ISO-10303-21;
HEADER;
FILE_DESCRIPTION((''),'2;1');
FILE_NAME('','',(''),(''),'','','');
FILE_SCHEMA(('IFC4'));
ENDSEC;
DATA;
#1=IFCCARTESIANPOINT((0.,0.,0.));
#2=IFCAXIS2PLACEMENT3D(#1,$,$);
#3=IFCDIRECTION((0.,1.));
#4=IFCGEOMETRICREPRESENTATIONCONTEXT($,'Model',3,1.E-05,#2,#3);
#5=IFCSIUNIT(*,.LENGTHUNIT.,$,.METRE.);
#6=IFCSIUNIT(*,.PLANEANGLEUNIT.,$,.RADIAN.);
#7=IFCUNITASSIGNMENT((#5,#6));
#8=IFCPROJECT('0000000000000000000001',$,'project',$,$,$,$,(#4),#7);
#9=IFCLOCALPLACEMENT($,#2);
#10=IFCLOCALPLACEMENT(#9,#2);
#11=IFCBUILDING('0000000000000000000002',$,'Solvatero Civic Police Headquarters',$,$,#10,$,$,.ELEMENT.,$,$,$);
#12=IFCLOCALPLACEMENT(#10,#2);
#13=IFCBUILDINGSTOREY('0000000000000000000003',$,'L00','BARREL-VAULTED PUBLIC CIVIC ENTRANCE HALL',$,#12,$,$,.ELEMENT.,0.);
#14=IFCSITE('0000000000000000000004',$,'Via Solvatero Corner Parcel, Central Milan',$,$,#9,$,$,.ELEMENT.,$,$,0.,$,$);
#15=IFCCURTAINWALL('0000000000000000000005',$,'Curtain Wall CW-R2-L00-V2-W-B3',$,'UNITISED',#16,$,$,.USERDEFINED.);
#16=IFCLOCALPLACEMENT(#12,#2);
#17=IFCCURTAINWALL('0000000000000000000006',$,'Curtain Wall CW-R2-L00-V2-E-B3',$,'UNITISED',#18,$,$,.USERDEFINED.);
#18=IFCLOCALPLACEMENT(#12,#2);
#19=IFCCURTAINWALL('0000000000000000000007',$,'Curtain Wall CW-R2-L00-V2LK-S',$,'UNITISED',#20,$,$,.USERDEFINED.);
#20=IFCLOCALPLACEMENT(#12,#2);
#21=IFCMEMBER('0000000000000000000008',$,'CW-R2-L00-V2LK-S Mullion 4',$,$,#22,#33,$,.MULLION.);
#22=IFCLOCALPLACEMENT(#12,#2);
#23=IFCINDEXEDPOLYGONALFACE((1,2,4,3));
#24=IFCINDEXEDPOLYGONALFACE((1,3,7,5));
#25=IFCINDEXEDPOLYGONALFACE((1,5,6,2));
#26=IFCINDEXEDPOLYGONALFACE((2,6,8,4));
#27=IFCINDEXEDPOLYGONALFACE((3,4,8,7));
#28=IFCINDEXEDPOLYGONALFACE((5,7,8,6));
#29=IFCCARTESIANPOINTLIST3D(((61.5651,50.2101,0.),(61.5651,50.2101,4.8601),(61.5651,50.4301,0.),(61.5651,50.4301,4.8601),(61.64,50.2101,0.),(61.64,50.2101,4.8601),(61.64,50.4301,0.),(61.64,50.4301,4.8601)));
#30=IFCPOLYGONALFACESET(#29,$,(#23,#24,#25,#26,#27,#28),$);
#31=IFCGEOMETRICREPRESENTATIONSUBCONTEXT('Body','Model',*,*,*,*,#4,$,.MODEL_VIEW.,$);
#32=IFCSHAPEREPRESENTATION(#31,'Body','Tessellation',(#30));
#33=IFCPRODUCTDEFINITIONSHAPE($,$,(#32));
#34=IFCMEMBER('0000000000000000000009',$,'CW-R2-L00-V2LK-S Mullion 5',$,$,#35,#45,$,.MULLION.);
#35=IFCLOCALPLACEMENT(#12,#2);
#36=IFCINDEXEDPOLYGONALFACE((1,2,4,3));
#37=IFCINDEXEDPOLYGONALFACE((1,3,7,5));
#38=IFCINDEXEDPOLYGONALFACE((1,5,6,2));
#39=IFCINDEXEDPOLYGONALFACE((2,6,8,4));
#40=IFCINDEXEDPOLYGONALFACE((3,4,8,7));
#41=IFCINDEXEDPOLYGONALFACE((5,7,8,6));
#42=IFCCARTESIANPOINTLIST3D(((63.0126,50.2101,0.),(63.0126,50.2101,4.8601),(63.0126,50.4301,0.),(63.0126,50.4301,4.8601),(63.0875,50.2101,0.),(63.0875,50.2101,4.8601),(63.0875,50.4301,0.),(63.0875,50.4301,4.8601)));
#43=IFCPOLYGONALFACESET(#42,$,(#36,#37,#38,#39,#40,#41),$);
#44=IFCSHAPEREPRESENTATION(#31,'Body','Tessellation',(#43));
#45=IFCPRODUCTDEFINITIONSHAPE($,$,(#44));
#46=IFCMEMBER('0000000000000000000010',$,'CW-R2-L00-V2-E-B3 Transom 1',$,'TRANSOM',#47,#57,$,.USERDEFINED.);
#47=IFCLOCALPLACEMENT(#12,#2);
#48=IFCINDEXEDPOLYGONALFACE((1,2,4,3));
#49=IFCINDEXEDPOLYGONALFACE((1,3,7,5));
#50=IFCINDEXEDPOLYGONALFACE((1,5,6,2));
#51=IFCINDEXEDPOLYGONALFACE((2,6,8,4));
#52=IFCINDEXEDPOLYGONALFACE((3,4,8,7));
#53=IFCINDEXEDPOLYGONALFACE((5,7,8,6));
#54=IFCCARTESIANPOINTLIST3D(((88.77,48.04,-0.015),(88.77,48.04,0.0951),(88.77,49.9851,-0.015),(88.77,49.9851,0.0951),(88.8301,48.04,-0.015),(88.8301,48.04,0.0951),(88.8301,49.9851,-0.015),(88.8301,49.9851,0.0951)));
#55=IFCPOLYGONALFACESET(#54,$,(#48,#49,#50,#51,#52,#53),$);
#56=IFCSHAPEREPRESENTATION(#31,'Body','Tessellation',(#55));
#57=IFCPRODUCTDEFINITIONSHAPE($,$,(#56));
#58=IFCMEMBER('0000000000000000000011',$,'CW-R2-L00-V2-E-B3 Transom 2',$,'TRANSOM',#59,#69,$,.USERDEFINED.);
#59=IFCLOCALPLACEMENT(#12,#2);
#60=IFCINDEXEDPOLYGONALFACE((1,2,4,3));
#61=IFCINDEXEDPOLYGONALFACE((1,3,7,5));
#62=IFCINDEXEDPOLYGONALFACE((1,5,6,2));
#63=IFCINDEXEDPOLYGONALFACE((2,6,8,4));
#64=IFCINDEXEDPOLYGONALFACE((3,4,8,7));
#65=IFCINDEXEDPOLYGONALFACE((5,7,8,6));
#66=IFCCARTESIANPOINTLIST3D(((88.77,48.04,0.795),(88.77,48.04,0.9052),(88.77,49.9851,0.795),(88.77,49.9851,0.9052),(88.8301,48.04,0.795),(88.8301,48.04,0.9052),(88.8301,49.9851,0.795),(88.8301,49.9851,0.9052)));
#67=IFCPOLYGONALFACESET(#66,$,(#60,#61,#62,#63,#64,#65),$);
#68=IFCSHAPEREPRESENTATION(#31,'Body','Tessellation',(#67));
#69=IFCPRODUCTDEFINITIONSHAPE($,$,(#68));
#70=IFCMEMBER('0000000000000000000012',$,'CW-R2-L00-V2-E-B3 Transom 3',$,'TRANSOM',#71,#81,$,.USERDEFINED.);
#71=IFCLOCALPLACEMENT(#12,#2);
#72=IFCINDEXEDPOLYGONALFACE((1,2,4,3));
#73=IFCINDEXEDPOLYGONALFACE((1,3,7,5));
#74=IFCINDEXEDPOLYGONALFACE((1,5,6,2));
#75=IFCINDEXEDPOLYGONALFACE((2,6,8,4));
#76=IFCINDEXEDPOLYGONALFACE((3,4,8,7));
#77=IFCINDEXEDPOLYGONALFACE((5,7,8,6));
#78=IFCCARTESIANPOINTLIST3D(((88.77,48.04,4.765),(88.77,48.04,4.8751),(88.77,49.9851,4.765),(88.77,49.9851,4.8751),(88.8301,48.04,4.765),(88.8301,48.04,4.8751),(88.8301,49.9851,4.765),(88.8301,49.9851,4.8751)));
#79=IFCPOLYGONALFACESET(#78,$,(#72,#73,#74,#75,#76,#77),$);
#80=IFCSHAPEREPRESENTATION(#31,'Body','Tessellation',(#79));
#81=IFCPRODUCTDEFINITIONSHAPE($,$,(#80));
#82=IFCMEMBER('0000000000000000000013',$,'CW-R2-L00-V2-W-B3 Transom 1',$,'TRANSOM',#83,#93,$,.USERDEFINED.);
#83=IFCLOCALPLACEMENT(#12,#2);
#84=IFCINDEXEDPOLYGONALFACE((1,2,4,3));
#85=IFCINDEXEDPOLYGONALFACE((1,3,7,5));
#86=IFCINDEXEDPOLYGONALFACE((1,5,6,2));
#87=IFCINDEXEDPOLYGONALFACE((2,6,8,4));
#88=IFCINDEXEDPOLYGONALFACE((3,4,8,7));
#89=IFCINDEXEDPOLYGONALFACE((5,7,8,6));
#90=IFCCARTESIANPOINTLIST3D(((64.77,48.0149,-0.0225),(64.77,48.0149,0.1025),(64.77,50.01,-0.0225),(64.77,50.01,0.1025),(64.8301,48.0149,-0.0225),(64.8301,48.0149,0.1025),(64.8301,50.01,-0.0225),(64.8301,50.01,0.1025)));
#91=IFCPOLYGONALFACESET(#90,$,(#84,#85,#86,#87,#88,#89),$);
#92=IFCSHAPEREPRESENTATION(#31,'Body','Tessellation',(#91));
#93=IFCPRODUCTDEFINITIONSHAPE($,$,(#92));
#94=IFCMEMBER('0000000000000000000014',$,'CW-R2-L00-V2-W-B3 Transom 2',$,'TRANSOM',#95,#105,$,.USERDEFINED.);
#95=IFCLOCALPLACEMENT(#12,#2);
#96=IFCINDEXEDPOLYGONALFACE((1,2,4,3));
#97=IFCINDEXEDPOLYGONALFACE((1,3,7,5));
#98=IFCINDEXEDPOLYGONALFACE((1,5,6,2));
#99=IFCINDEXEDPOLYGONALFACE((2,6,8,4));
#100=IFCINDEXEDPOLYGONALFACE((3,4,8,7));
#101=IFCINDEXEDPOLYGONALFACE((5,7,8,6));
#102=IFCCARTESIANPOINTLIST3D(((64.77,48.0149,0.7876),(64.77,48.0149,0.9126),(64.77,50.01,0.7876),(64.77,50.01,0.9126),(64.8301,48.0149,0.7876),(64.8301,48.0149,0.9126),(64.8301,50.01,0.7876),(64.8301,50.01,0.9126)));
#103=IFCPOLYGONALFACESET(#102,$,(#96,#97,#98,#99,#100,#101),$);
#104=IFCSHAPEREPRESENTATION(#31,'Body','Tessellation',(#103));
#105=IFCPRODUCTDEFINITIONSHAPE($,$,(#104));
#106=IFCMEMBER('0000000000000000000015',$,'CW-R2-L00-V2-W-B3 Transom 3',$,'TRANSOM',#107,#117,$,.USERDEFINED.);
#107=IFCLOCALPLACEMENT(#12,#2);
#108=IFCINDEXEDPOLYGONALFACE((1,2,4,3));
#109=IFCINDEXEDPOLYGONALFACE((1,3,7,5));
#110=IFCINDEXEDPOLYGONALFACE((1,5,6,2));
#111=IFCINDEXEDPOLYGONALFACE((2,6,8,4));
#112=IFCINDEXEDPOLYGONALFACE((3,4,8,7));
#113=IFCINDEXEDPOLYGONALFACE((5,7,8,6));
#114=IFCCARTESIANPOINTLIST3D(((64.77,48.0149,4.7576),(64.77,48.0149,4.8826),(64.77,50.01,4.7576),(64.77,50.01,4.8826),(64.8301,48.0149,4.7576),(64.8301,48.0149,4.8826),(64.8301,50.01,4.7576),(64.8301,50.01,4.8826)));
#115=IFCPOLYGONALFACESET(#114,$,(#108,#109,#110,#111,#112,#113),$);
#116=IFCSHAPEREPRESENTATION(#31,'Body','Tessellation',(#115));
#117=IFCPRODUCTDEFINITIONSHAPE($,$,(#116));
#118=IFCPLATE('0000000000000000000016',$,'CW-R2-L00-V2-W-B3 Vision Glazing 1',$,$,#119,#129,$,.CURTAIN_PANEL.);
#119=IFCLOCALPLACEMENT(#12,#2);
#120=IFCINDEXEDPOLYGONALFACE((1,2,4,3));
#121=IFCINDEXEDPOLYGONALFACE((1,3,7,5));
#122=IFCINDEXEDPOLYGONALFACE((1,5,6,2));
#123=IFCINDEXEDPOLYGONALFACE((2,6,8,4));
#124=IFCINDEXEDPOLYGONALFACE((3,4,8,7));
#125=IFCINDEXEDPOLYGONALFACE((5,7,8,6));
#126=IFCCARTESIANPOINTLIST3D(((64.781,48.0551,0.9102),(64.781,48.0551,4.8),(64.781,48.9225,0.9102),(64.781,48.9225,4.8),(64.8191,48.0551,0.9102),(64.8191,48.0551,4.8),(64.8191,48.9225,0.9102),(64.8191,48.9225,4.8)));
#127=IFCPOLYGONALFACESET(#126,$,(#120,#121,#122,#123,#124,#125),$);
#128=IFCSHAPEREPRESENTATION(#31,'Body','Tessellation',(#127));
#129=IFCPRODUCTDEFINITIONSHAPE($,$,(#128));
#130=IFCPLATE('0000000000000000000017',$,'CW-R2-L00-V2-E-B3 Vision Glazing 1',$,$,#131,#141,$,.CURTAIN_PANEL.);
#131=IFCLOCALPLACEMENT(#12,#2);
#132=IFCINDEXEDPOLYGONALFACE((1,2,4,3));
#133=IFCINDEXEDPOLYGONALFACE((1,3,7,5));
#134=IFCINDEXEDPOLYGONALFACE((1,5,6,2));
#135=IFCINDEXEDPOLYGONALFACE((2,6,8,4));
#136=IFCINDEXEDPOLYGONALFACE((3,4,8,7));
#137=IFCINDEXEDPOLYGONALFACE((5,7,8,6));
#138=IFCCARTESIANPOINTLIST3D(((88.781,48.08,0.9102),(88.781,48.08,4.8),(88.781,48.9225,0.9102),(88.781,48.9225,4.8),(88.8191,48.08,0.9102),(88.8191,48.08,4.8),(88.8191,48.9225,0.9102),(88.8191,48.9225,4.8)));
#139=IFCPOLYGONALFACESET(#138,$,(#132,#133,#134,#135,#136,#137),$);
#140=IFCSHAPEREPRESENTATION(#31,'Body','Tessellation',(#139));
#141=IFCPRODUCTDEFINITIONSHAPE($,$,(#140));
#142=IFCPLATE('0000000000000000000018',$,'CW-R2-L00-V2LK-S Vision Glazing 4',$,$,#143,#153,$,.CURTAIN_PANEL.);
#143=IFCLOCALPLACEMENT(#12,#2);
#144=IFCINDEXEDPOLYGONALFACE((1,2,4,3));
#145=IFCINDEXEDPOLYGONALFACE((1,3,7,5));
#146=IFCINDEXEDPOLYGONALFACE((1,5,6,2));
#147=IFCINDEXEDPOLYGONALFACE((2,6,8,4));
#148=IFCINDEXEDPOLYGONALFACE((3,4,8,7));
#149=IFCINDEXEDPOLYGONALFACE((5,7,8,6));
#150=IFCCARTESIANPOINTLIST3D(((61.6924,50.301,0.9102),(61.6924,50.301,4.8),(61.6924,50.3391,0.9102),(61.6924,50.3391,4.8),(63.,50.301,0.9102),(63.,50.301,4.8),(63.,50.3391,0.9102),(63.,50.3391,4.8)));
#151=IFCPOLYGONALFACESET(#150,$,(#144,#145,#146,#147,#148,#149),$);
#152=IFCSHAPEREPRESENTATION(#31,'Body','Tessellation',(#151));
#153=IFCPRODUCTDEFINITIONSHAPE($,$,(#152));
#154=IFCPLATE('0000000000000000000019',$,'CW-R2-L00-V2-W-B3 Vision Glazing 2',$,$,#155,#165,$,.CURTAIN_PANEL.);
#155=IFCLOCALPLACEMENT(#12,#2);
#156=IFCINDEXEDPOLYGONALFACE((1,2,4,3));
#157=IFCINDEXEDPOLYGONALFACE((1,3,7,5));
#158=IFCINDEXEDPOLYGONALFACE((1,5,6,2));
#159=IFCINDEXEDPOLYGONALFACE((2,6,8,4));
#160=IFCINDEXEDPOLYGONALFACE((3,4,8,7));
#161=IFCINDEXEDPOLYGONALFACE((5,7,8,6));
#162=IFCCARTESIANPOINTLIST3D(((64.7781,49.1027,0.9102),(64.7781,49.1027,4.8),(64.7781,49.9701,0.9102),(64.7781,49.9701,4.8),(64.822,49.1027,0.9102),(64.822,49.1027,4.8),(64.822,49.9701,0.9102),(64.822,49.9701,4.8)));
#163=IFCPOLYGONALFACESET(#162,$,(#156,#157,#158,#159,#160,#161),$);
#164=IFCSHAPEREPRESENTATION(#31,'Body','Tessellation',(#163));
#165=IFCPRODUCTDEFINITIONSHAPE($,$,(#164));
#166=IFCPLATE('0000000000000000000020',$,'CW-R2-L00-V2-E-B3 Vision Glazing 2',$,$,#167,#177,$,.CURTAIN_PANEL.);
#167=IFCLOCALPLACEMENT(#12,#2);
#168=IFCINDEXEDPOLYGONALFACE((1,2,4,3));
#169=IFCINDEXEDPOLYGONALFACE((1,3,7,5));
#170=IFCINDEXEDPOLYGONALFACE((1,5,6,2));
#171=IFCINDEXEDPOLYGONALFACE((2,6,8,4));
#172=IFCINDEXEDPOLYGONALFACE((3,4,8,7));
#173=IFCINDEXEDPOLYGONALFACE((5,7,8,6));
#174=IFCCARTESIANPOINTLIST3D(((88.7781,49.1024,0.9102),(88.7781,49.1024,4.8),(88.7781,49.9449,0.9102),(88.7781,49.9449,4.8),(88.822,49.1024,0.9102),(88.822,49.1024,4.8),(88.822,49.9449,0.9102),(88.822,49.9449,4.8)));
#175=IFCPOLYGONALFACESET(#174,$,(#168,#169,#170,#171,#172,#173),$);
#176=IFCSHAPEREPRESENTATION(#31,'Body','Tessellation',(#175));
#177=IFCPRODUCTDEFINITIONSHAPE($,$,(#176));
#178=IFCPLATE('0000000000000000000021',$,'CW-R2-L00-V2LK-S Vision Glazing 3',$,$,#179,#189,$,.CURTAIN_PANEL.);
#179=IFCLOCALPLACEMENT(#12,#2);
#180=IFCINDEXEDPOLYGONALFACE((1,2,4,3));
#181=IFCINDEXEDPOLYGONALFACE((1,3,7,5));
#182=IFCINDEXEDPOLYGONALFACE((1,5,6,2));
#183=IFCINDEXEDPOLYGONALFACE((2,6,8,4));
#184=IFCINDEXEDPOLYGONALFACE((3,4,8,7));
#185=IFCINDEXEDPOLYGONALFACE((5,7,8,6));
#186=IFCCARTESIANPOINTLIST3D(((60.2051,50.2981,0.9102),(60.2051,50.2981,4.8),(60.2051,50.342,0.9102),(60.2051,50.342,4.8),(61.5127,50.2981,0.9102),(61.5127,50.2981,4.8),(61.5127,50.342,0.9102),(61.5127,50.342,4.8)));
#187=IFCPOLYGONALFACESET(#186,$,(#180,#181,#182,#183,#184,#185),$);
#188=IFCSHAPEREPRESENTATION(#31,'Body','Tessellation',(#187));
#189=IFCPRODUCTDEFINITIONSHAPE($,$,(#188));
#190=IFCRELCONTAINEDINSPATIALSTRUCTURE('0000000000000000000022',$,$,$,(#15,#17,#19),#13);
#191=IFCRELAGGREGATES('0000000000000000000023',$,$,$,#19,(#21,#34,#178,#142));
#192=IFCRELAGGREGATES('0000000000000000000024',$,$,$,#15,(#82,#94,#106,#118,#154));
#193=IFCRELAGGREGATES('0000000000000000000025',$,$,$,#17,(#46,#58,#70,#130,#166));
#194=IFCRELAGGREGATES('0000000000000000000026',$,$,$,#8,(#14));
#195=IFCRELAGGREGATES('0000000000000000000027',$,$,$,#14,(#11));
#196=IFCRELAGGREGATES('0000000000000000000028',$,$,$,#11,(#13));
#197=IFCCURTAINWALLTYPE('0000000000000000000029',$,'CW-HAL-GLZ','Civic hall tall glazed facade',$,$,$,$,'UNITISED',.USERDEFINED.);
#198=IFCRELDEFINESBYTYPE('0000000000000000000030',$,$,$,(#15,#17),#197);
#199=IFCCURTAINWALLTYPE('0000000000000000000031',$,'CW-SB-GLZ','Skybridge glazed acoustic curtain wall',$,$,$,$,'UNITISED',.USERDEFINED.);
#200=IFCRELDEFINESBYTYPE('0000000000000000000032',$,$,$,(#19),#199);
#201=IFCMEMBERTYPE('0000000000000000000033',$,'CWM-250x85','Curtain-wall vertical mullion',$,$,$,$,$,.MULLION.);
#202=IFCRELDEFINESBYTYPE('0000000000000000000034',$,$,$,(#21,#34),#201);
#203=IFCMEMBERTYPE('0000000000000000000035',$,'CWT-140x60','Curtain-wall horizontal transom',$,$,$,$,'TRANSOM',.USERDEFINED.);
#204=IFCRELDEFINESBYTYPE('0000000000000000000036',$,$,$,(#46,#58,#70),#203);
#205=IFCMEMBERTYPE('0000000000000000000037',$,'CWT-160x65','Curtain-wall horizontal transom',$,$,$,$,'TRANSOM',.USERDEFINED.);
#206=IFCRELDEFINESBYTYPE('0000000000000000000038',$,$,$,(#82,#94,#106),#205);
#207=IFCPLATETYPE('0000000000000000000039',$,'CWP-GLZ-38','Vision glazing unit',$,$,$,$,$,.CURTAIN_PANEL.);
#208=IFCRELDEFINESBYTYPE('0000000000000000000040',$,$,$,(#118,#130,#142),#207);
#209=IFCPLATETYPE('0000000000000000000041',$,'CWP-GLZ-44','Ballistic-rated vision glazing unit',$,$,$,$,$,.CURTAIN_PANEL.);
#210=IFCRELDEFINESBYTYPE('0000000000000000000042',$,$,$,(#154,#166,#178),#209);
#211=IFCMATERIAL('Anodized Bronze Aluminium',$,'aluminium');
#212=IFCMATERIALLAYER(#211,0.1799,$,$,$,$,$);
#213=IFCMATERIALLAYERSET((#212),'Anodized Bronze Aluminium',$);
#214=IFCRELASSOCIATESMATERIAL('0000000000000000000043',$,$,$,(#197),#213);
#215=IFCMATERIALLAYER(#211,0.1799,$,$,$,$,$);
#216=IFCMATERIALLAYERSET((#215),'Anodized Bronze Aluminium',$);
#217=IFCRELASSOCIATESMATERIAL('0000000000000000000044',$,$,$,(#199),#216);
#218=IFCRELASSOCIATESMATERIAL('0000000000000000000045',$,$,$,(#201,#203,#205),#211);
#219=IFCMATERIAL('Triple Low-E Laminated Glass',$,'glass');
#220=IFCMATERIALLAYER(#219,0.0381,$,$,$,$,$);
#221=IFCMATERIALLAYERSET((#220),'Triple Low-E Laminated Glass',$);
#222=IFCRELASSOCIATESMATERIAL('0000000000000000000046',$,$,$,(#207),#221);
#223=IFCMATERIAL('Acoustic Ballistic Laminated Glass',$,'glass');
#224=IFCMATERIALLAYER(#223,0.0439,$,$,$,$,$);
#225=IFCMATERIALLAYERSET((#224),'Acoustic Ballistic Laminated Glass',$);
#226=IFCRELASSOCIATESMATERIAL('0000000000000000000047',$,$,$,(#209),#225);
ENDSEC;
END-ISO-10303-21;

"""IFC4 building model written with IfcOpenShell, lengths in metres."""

from ifc_helpers import new_model, si_unit, direction, frame, origin, origin_2d, place, context, subcontext, project, spatial, rectangle, extrude, material, layer, layer_set, material_profile, profile_set, type_object, element, aggregate, save


model = new_model("IFC4")

# Units and contexts
model_context = context("Model", 3, precision=1e-05, world=origin(), true_north=direction((0.0, 1.0)))
body_context = subcontext(model_context, "Body", "Model", "MODEL_VIEW")
ifc_project = project(units=[si_unit("LENGTHUNIT", "METRE"), si_unit("PLANEANGLEUNIT", "RADIAN")], contexts=[model_context])

# Site, building, storey
site_placement = place(None, origin())
site = spatial("IfcSite", under=ifc_project, at=site_placement, Name="Via Solvatero Corner Parcel, Central Milan", CompositionType="ELEMENT", RefElevation=0.0)
building_placement = place(site_placement, origin())
building = spatial("IfcBuilding", under=site, at=building_placement, Name="Solvatero Civic Police Headquarters", CompositionType="ELEMENT")
storey_placement = place(building_placement, origin())
storey = spatial("IfcBuildingStorey", under=building, at=storey_placement, Name="L00", Description="BARREL-VAULTED PUBLIC CIVIC ENTRANCE HALL", CompositionType="ELEMENT", Elevation=0.0)

# Curtain walls, members
ifc_material_1 = material(Name="Anodized Bronze Aluminium", Category="aluminium")
ifc_layer_1 = layer(ifc_material_1, 0.1799)
ifc_layer_set_1 = layer_set([ifc_layer_1], Name="Anodized Bronze Aluminium")
curtain_wall_type_1 = type_object("IfcCurtainWallType", Name="CW-HAL-GLZ", Description="Civic hall tall glazed facade", ElementType="UNITISED", PredefinedType="USERDEFINED", material=ifc_layer_set_1)
curtain_wall_1_placement = place(storey_placement, origin())
curtain_wall_1 = element("IfcCurtainWall", 1, at=curtain_wall_1_placement, inside=storey, type_object=curtain_wall_type_1, Name="Curtain Wall CW-R2-L00-V2-W-B3", ObjectType="UNITISED", PredefinedType="USERDEFINED")
curtain_wall_2_placement = place(storey_placement, origin())
curtain_wall_2 = element("IfcCurtainWall", 2, at=curtain_wall_2_placement, inside=storey, type_object=curtain_wall_type_1, Name="Curtain Wall CW-R2-L00-V2-E-B3", ObjectType="UNITISED", PredefinedType="USERDEFINED")
ifc_layer_2 = layer(ifc_material_1, 0.1799)
ifc_layer_set_2 = layer_set([ifc_layer_2], Name="Anodized Bronze Aluminium")
curtain_wall_type_2 = type_object("IfcCurtainWallType", Name="CW-SB-GLZ", Description="Skybridge glazed acoustic curtain wall", ElementType="UNITISED", PredefinedType="USERDEFINED", material=ifc_layer_set_2)
curtain_wall_3_placement = place(storey_placement, origin())
curtain_wall_3 = element("IfcCurtainWall", 3, at=curtain_wall_3_placement, inside=storey, type_object=curtain_wall_type_2, Name="Curtain Wall CW-R2-L00-V2LK-S", ObjectType="UNITISED", PredefinedType="USERDEFINED")
ifc_material_profile_1 = material_profile(ifc_material_1, rectangle(XDim=0.075, YDim=0.22, at=origin_2d()), Name="ALU MULLION 75x220")
ifc_profile_set_1 = profile_set([ifc_material_profile_1], Name="Anodized Bronze Aluminium")
member_type_1 = type_object("IfcMemberType", Name="CWM-250x85", Description="Curtain-wall vertical mullion", PredefinedType="MULLION", material=ifc_profile_set_1)
member_1_placement = place(storey_placement, frame((61.6025, 50.3201, 0.0), z_axis=(0.0, 0.0, 1.0), x_axis=(1.0, 0.0, 0.0)))
member_1 = element("IfcMember", 4, at=member_1_placement, type_object=member_type_1, Name="CW-R2-L00-V2LK-S Mullion 4", PredefinedType="MULLION", context=body_context, shape_type="SweptSolid", body=[
    extrude(rectangle(XDim=0.075, YDim=0.22, at=origin_2d()), origin(), (0.0, 0.0, 1.0), 4.8601),
])
member_2_placement = place(storey_placement, frame((63.05, 50.3201, 0.0), z_axis=(0.0, 0.0, 1.0), x_axis=(1.0, 0.0, 0.0)))
member_2 = element("IfcMember", 5, at=member_2_placement, type_object=member_type_1, Name="CW-R2-L00-V2LK-S Mullion 5", PredefinedType="MULLION", context=body_context, shape_type="SweptSolid", body=[
    extrude(rectangle(XDim=0.075, YDim=0.22, at=origin_2d()), origin(), (0.0, 0.0, 1.0), 4.8601),
])

# Members
ifc_material_profile_2 = material_profile(ifc_material_1, rectangle(XDim=0.0601, YDim=0.1101, at=origin_2d()), Name="ALU TRANSOM 60x110")
ifc_profile_set_2 = profile_set([ifc_material_profile_2], Name="Anodized Bronze Aluminium")
member_type_2 = type_object("IfcMemberType", Name="CWT-140x60", Description="Curtain-wall horizontal transom", ElementType="TRANSOM", PredefinedType="USERDEFINED", material=ifc_profile_set_2)
member_3_placement = place(storey_placement, frame((88.8, 48.04, 0.04), z_axis=(0.0, 1.0, 0.0), x_axis=(-1.0, 0.0, 0.0)))
member_3 = element("IfcMember", 6, at=member_3_placement, type_object=member_type_2, Name="CW-R2-L00-V2-E-B3 Transom 1", ObjectType="TRANSOM", PredefinedType="USERDEFINED", context=body_context, shape_type="SweptSolid", body=[
    extrude(rectangle(XDim=0.0601, YDim=0.1101, at=origin_2d()), origin(), (0.0, 0.0, 1.0), 1.9451),
])
member_4_placement = place(storey_placement, frame((88.8, 48.04, 0.8501), z_axis=(0.0, 1.0, 0.0), x_axis=(-1.0, 0.0, 0.0)))
member_4 = element("IfcMember", 7, at=member_4_placement, type_object=member_type_2, Name="CW-R2-L00-V2-E-B3 Transom 2", ObjectType="TRANSOM", PredefinedType="USERDEFINED", context=body_context, shape_type="SweptSolid", body=[
    extrude(rectangle(XDim=0.0601, YDim=0.1101, at=origin_2d()), origin(), (0.0, 0.0, 1.0), 1.9451),
])
member_5_placement = place(storey_placement, frame((88.8, 48.04, 4.8201), z_axis=(0.0, 1.0, 0.0), x_axis=(-1.0, 0.0, 0.0)))
member_5 = element("IfcMember", 8, at=member_5_placement, type_object=member_type_2, Name="CW-R2-L00-V2-E-B3 Transom 3", ObjectType="TRANSOM", PredefinedType="USERDEFINED", context=body_context, shape_type="SweptSolid", body=[
    extrude(rectangle(XDim=0.0601, YDim=0.1101, at=origin_2d()), origin(), (0.0, 0.0, 1.0), 1.9451),
])
ifc_material_profile_3 = material_profile(ifc_material_1, rectangle(XDim=0.0601, YDim=0.125, at=origin_2d()), Name="ALU TRANSOM 60x125")
ifc_profile_set_3 = profile_set([ifc_material_profile_3], Name="Anodized Bronze Aluminium")
member_type_3 = type_object("IfcMemberType", Name="CWT-160x65", Description="Curtain-wall horizontal transom", ElementType="TRANSOM", PredefinedType="USERDEFINED", material=ifc_profile_set_3)
member_6_placement = place(storey_placement, frame((64.8, 48.0149, 0.04), z_axis=(0.0, 1.0, 0.0), x_axis=(-1.0, 0.0, 0.0)))
member_6 = element("IfcMember", 9, at=member_6_placement, type_object=member_type_3, Name="CW-R2-L00-V2-W-B3 Transom 1", ObjectType="TRANSOM", PredefinedType="USERDEFINED", context=body_context, shape_type="SweptSolid", body=[
    extrude(rectangle(XDim=0.0601, YDim=0.125, at=origin_2d()), origin(), (0.0, 0.0, 1.0), 1.9951),
])
member_7_placement = place(storey_placement, frame((64.8, 48.0149, 0.8501), z_axis=(0.0, 1.0, 0.0), x_axis=(-1.0, 0.0, 0.0)))
member_7 = element("IfcMember", 10, at=member_7_placement, type_object=member_type_3, Name="CW-R2-L00-V2-W-B3 Transom 2", ObjectType="TRANSOM", PredefinedType="USERDEFINED", context=body_context, shape_type="SweptSolid", body=[
    extrude(rectangle(XDim=0.0601, YDim=0.125, at=origin_2d()), origin(), (0.0, 0.0, 1.0), 1.9951),
])
member_8_placement = place(storey_placement, frame((64.8, 48.0149, 4.8201), z_axis=(0.0, 1.0, 0.0), x_axis=(-1.0, 0.0, 0.0)))
member_8 = element("IfcMember", 11, at=member_8_placement, type_object=member_type_3, Name="CW-R2-L00-V2-W-B3 Transom 3", ObjectType="TRANSOM", PredefinedType="USERDEFINED", context=body_context, shape_type="SweptSolid", body=[
    extrude(rectangle(XDim=0.0601, YDim=0.125, at=origin_2d()), origin(), (0.0, 0.0, 1.0), 1.9951),
])

# Plates
ifc_material_2 = material(Name="Triple Low-E Laminated Glass", Category="glass")
ifc_layer_3 = layer(ifc_material_2, 0.0381)
ifc_layer_set_3 = layer_set([ifc_layer_3], Name="Triple Low-E Laminated Glass")
plate_type_1 = type_object("IfcPlateType", Name="CWP-GLZ-38", Description="Vision glazing unit", PredefinedType="CURTAIN_PANEL", material=ifc_layer_set_3)
plate_1_placement = place(storey_placement, frame((64.8, 48.4888, 0.9102), z_axis=(0.0, 0.0, 1.0), x_axis=(0.0, 1.0, 0.0)))
plate_1 = element("IfcPlate", 12, at=plate_1_placement, type_object=plate_type_1, Name="CW-R2-L00-V2-W-B3 Vision Glazing 1", PredefinedType="CURTAIN_PANEL", context=body_context, shape_type="SweptSolid", body=[
    extrude(rectangle(XDim=0.8674, YDim=0.0381, at=origin_2d()), origin(), (0.0, 0.0, 1.0), 3.8899),
])
plate_2_placement = place(storey_placement, frame((88.8, 48.5012, 0.9102), z_axis=(0.0, 0.0, 1.0), x_axis=(0.0, 1.0, 0.0)))
plate_2 = element("IfcPlate", 13, at=plate_2_placement, type_object=plate_type_1, Name="CW-R2-L00-V2-E-B3 Vision Glazing 1", PredefinedType="CURTAIN_PANEL", context=body_context, shape_type="SweptSolid", body=[
    extrude(rectangle(XDim=0.8425, YDim=0.0381, at=origin_2d()), origin(), (0.0, 0.0, 1.0), 3.8899),
])
plate_3_placement = place(storey_placement, frame((62.3462, 50.3201, 0.9102), z_axis=(0.0, 0.0, 1.0), x_axis=(1.0, 0.0, 0.0)))
plate_3 = element("IfcPlate", 14, at=plate_3_placement, type_object=plate_type_1, Name="CW-R2-L00-V2LK-S Vision Glazing 4", PredefinedType="CURTAIN_PANEL", context=body_context, shape_type="SweptSolid", body=[
    extrude(rectangle(XDim=1.3076, YDim=0.0381, at=origin_2d()), origin(), (0.0, 0.0, 1.0), 3.8899),
])
ifc_material_3 = material(Name="Acoustic Ballistic Laminated Glass", Category="glass")
ifc_layer_4 = layer(ifc_material_3, 0.0439)
ifc_layer_set_4 = layer_set([ifc_layer_4], Name="Acoustic Ballistic Laminated Glass")
plate_type_2 = type_object("IfcPlateType", Name="CWP-GLZ-44", Description="Ballistic-rated vision glazing unit", PredefinedType="CURTAIN_PANEL", material=ifc_layer_set_4)
plate_4_placement = place(storey_placement, frame((64.8, 49.5364, 0.9102), z_axis=(0.0, 0.0, 1.0), x_axis=(0.0, 1.0, 0.0)))
plate_4 = element("IfcPlate", 15, at=plate_4_placement, type_object=plate_type_2, Name="CW-R2-L00-V2-W-B3 Vision Glazing 2", PredefinedType="CURTAIN_PANEL", context=body_context, shape_type="SweptSolid", body=[
    extrude(rectangle(XDim=0.8674, YDim=0.0439, at=origin_2d()), origin(), (0.0, 0.0, 1.0), 3.8899),
])
plate_5_placement = place(storey_placement, frame((88.8, 49.5237, 0.9102), z_axis=(0.0, 0.0, 1.0), x_axis=(0.0, 1.0, 0.0)))
plate_5 = element("IfcPlate", 16, at=plate_5_placement, type_object=plate_type_2, Name="CW-R2-L00-V2-E-B3 Vision Glazing 2", PredefinedType="CURTAIN_PANEL", context=body_context, shape_type="SweptSolid", body=[
    extrude(rectangle(XDim=0.8425, YDim=0.0439, at=origin_2d()), origin(), (0.0, 0.0, 1.0), 3.8899),
])
plate_6_placement = place(storey_placement, frame((60.8589, 50.3201, 0.9102), z_axis=(0.0, 0.0, 1.0), x_axis=(1.0, 0.0, 0.0)))
plate_6 = element("IfcPlate", 17, at=plate_6_placement, type_object=plate_type_2, Name="CW-R2-L00-V2LK-S Vision Glazing 3", PredefinedType="CURTAIN_PANEL", context=body_context, shape_type="SweptSolid", body=[
    extrude(rectangle(XDim=1.3076, YDim=0.0439, at=origin_2d()), origin(), (0.0, 0.0, 1.0), 3.8899),
])
aggregate(curtain_wall_3, [member_1, member_2, plate_6, plate_3])
aggregate(curtain_wall_1, [member_6, member_7, member_8, plate_1, plate_4])
aggregate(curtain_wall_2, [member_3, member_4, member_5, plate_2, plate_5])

save(model, "model.ifc")
